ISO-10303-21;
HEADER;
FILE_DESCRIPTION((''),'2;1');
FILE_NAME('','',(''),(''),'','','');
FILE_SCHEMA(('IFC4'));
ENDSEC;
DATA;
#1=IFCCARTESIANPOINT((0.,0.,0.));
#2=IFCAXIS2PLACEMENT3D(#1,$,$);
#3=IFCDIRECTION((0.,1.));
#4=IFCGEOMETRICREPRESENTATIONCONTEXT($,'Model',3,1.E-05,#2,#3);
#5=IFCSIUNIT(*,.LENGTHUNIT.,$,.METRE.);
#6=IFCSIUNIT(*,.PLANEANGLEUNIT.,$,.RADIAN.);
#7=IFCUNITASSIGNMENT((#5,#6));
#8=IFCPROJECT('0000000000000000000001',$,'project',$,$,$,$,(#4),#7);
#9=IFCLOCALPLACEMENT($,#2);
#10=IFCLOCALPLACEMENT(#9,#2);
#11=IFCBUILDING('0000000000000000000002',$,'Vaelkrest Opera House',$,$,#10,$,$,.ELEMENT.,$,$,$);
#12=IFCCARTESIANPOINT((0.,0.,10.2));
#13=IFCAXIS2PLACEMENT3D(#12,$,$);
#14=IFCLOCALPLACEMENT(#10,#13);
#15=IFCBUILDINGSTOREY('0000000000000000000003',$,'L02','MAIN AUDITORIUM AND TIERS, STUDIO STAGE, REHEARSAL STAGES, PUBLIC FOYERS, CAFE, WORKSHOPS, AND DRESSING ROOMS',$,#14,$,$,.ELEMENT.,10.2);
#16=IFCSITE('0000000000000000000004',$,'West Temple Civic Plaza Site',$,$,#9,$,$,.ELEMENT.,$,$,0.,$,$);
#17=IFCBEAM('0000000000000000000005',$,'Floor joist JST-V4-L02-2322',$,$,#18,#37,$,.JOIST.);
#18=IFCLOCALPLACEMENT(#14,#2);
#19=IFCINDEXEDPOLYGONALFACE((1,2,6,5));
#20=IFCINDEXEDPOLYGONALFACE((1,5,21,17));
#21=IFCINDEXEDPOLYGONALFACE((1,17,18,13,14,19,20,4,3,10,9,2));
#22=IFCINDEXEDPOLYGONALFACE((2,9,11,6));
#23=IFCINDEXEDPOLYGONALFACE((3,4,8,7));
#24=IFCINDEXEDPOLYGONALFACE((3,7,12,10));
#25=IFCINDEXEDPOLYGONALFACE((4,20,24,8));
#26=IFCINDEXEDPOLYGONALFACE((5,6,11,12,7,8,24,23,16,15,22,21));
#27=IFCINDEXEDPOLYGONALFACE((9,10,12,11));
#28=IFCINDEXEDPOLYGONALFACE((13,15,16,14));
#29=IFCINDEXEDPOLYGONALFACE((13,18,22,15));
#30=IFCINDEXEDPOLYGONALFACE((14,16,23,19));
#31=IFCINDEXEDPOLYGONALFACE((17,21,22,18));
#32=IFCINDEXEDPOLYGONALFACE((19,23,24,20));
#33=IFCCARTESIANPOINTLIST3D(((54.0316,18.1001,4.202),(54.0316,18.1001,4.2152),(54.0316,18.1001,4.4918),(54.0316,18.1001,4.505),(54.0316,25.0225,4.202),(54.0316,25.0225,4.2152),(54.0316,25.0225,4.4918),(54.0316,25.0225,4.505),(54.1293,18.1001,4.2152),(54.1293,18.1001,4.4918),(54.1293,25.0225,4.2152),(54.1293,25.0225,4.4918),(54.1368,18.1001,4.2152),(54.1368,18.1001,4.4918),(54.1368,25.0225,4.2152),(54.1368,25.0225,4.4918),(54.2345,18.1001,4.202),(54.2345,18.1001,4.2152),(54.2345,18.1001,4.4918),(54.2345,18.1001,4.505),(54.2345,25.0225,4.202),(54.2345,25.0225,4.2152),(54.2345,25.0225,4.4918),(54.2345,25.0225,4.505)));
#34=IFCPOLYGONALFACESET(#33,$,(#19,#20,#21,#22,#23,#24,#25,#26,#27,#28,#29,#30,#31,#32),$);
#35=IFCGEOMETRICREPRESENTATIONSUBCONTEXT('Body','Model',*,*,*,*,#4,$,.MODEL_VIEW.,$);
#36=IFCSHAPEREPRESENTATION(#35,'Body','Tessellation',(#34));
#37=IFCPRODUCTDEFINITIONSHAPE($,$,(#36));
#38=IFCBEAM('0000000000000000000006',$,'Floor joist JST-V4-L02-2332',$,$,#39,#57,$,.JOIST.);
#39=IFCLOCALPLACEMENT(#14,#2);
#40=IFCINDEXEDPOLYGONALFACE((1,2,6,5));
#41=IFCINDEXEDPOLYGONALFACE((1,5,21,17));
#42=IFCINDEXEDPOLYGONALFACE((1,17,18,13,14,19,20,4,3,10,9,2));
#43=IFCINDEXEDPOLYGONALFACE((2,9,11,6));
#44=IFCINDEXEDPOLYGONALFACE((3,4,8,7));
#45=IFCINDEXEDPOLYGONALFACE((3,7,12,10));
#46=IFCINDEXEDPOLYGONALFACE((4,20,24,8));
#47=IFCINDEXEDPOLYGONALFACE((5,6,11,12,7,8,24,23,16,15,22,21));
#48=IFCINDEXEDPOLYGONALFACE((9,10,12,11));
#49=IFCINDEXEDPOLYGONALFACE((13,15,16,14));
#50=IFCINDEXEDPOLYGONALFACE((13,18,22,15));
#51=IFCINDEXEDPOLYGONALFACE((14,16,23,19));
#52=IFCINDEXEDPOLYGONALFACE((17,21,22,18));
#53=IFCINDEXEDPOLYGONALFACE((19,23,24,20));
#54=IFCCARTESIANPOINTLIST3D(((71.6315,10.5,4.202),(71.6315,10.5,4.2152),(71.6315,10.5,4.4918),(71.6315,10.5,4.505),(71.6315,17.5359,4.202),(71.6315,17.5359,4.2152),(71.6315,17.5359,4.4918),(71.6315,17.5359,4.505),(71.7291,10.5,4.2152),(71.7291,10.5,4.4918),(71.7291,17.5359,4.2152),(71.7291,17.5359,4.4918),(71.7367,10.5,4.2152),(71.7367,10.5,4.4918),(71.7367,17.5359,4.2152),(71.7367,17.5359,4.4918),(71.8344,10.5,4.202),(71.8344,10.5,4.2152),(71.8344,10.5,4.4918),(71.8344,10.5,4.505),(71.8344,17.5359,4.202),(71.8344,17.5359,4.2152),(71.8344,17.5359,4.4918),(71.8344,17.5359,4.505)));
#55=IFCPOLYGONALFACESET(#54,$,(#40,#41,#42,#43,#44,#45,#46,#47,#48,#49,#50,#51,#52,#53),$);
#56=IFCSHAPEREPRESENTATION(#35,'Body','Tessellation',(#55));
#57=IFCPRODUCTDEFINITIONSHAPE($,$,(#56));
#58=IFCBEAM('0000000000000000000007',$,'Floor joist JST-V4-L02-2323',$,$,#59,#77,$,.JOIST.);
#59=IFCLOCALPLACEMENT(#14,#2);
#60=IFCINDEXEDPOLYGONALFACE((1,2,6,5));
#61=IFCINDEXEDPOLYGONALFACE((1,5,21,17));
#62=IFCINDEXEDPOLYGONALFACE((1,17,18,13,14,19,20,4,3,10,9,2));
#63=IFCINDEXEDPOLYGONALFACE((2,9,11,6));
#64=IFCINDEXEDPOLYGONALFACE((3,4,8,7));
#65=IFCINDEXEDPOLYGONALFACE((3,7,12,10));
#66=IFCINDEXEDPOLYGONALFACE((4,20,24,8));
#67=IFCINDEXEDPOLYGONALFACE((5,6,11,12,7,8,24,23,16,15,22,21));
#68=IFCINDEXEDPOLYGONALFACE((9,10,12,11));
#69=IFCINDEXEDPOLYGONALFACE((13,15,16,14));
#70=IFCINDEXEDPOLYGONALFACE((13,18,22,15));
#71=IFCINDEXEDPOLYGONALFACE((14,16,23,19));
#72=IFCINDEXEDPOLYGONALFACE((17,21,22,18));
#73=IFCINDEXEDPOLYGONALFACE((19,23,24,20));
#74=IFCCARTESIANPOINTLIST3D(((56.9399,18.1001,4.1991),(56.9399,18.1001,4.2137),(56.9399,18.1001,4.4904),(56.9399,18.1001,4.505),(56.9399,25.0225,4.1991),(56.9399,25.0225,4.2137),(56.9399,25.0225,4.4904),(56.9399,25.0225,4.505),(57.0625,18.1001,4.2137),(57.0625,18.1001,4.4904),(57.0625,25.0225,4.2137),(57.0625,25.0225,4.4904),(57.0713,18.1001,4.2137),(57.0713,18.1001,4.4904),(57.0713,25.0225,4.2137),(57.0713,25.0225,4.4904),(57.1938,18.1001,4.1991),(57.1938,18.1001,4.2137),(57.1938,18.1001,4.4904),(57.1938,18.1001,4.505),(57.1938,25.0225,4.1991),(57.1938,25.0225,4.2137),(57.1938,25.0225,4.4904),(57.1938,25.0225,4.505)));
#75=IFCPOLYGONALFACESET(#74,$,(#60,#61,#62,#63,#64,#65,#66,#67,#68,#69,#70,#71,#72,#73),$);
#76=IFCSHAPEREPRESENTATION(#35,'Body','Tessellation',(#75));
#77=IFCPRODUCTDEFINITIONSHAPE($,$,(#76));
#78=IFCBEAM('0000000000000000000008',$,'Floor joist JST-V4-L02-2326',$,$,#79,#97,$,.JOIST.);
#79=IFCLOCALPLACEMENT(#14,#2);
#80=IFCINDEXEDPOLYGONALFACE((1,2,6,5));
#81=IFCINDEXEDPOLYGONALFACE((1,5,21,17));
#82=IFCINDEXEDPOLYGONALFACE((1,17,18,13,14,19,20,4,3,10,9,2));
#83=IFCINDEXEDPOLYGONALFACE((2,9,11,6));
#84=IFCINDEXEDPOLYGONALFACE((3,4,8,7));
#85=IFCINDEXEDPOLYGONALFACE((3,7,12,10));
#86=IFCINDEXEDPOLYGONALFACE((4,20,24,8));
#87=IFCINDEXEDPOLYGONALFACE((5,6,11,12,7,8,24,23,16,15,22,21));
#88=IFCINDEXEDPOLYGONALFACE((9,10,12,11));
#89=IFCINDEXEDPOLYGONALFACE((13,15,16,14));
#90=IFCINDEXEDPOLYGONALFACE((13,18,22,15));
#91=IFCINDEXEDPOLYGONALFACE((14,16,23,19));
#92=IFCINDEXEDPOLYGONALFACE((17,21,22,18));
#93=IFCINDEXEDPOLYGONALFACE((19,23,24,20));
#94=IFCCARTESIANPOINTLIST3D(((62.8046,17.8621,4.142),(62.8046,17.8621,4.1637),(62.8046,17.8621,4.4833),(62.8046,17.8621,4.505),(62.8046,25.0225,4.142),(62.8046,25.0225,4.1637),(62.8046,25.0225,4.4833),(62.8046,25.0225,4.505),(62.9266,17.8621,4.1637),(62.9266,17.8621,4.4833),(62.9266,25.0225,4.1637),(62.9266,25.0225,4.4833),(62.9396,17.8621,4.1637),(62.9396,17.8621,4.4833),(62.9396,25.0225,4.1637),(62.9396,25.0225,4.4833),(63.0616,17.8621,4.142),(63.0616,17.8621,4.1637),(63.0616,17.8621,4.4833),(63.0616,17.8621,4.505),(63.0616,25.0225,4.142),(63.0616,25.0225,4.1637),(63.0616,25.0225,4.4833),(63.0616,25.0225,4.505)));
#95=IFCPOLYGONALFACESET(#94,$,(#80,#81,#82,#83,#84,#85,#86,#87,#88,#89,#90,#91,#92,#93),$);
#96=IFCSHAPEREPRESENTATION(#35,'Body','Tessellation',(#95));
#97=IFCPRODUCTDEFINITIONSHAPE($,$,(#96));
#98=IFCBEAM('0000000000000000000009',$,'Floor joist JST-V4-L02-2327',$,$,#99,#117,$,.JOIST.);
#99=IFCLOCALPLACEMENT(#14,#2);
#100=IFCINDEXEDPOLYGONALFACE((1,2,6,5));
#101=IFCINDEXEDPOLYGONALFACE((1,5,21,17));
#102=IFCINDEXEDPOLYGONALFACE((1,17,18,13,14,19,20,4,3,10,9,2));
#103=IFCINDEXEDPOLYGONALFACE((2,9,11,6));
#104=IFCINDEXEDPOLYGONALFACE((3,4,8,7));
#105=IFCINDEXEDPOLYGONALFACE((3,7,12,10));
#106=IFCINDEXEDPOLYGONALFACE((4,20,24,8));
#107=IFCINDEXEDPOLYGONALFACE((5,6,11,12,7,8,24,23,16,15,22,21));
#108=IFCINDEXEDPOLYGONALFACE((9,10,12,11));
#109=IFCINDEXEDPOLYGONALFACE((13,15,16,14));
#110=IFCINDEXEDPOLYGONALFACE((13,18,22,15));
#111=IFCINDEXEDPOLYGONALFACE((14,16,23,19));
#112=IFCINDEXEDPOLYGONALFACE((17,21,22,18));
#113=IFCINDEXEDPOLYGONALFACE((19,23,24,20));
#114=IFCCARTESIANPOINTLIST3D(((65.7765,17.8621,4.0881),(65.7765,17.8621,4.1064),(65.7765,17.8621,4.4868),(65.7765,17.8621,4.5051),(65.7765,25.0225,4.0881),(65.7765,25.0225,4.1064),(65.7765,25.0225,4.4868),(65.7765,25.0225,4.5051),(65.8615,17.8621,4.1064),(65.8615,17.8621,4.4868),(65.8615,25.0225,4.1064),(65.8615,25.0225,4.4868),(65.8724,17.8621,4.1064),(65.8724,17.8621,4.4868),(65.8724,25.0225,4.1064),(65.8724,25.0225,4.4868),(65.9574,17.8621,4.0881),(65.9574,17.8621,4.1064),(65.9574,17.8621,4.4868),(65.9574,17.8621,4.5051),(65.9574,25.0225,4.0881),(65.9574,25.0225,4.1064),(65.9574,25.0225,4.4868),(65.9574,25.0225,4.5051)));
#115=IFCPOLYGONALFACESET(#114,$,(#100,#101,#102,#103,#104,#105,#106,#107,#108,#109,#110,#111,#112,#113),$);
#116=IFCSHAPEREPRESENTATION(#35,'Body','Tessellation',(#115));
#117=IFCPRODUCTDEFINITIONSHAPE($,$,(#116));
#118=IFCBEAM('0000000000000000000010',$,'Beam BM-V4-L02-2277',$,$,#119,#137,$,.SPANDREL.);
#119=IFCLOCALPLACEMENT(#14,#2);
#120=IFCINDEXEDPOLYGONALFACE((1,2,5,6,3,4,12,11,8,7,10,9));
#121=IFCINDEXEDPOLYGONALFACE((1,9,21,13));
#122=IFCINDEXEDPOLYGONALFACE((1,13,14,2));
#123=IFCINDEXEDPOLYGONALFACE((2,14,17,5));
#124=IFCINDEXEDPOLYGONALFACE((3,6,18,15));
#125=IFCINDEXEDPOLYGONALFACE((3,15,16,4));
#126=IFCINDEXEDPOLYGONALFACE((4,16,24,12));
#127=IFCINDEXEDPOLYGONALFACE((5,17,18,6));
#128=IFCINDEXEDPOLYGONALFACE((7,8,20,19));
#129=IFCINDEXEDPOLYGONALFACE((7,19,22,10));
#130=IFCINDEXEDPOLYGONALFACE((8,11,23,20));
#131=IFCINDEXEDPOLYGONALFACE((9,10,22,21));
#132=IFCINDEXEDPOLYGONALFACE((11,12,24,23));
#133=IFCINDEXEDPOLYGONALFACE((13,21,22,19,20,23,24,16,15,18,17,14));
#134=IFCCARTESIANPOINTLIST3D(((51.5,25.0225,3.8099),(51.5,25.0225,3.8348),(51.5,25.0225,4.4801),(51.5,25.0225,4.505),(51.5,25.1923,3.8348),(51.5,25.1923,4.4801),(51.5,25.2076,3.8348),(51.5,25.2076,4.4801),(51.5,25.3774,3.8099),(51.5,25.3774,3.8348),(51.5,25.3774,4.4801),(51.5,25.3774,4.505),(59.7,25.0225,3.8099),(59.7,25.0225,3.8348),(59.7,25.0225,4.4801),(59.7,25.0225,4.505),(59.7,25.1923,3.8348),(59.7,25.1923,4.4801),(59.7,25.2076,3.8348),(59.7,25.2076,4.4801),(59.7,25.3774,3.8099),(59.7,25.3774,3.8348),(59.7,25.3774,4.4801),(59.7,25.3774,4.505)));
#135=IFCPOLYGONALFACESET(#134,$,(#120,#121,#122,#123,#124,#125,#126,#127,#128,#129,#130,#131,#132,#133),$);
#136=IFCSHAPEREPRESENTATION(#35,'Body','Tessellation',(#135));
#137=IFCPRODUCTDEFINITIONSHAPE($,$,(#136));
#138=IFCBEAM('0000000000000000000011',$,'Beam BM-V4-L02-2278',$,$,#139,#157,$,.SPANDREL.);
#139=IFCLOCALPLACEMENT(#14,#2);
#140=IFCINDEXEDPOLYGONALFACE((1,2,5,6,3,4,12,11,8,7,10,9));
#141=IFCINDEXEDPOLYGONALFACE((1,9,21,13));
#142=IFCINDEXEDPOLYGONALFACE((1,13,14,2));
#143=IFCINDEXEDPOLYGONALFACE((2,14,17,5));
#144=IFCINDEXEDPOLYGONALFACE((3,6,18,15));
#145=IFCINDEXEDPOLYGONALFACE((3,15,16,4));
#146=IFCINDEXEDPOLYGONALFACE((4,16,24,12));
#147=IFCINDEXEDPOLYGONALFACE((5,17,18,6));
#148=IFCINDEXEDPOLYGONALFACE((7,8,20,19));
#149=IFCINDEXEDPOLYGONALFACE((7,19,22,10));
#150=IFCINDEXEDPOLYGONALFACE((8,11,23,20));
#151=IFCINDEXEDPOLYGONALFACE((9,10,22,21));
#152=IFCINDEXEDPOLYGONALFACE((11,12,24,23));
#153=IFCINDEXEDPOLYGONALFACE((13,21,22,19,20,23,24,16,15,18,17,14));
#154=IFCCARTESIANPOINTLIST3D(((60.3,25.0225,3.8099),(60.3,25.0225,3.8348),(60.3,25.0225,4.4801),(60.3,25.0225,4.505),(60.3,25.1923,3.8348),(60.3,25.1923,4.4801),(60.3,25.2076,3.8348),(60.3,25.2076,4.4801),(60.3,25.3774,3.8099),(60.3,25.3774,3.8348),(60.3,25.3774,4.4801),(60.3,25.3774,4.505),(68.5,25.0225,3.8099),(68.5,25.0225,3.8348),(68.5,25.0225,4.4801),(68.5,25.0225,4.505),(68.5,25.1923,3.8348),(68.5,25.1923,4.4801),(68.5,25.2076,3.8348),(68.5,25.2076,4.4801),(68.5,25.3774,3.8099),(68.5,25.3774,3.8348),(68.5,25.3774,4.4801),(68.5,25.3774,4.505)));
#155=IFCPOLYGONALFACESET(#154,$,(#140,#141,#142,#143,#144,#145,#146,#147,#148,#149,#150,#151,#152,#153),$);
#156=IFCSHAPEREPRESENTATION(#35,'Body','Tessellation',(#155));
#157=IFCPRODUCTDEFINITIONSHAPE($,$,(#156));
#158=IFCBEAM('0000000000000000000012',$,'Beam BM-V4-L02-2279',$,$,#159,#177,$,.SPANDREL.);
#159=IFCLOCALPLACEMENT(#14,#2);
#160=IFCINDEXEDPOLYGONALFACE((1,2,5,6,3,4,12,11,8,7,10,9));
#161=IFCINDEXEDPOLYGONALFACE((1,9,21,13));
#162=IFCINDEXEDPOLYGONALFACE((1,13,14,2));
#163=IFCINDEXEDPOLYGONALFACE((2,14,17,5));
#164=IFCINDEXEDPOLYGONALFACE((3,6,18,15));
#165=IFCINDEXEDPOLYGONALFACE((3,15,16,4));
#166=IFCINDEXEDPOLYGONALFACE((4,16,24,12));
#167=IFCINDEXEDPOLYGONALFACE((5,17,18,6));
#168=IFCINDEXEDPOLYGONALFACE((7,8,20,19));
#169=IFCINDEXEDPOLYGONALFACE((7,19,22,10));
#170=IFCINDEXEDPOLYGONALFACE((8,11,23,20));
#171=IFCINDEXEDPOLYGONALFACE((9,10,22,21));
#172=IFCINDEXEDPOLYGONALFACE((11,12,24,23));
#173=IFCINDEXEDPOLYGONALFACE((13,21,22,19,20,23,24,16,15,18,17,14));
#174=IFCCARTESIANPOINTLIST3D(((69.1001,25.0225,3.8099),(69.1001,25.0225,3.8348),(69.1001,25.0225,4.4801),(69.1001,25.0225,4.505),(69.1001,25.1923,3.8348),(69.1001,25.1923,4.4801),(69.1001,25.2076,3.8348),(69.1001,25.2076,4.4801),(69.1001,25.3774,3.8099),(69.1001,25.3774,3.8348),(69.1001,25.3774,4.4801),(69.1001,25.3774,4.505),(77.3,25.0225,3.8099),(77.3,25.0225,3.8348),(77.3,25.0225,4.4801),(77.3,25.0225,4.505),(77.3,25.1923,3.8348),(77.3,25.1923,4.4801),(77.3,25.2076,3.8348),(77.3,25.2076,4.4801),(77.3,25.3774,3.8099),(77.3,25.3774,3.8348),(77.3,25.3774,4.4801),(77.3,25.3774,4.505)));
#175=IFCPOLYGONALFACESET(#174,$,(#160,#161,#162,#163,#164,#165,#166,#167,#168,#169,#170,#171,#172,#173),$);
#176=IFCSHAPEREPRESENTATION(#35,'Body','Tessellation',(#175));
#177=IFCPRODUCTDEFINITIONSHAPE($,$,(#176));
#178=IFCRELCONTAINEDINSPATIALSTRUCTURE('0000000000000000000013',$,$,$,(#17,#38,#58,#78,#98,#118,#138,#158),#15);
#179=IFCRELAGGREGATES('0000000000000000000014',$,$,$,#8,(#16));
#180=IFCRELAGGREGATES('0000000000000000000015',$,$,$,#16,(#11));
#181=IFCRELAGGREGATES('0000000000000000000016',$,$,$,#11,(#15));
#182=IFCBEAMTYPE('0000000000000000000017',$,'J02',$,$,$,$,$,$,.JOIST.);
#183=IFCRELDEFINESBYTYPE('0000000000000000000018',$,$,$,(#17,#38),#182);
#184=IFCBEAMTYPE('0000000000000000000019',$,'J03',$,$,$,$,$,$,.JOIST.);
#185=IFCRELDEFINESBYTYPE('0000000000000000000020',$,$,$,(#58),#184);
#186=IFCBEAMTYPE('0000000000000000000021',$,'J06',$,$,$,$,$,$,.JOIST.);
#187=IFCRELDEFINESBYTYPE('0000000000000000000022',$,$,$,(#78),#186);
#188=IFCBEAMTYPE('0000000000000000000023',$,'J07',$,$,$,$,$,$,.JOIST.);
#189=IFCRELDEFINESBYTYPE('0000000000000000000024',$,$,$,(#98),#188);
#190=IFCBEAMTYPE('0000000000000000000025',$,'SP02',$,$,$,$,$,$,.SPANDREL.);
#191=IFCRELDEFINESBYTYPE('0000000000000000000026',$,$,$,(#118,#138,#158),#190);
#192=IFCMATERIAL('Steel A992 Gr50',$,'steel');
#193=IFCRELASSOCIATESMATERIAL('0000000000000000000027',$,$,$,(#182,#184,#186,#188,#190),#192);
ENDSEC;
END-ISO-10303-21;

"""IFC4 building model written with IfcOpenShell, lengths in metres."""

from ifc_helpers import new_model, si_unit, direction, frame, origin, origin_2d, place, context, subcontext, project, spatial, i_section, extrude, material, material_profile, profile_set, type_object, element, save


model = new_model("IFC4")

# Units and contexts
model_context = context("Model", 3, precision=1e-05, world=origin(), true_north=direction((0.0, 1.0)))
body_context = subcontext(model_context, "Body", "Model", "MODEL_VIEW")
ifc_project = project(units=[si_unit("LENGTHUNIT", "METRE"), si_unit("PLANEANGLEUNIT", "RADIAN")], contexts=[model_context])

# Site, building, storey
site_placement = place(None, origin())
site = spatial("IfcSite", under=ifc_project, at=site_placement, Name="West Temple Civic Plaza Site", CompositionType="ELEMENT", RefElevation=0.0)
building_placement = place(site_placement, origin())
building = spatial("IfcBuilding", under=site, at=building_placement, Name="Vaelkrest Opera House", CompositionType="ELEMENT")
storey_placement = place(building_placement, frame((0.0, 0.0, 10.2)))
storey = spatial("IfcBuildingStorey", under=building, at=storey_placement, Name="L02", Description="MAIN AUDITORIUM AND TIERS, STUDIO STAGE, REHEARSAL STAGES, PUBLIC FOYERS, CAFE, WORKSHOPS, AND DRESSING ROOMS", CompositionType="ELEMENT", Elevation=10.2)

# Beams
ifc_material_1 = material(Name="Steel A992 Gr50", Category="steel")
ifc_material_profile_1 = material_profile(ifc_material_1, i_section(OverallWidth=0.2029, OverallDepth=0.303, WebThickness=0.0076, FlangeThickness=0.0132, at=origin_2d()), Name="W12X40")
ifc_profile_set_1 = profile_set([ifc_material_profile_1], Name="Steel A992 Gr50")
beam_type_1 = type_object("IfcBeamType", Name="J02", PredefinedType="JOIST", material=ifc_profile_set_1)
beam_1_placement = place(storey_placement, frame((54.1331, 18.1001, 4.3535), z_axis=(0.0, 1.0, 0.0), x_axis=(-1.0, 0.0, 0.0)))
element("IfcBeam", 1, at=beam_1_placement, inside=storey, type_object=beam_type_1, Name="Floor joist JST-V4-L02-2322", PredefinedType="JOIST", context=body_context, shape_type="SweptSolid", body=[
    extrude(i_section(OverallWidth=0.2029, OverallDepth=0.303, WebThickness=0.0076, FlangeThickness=0.0132, at=origin_2d()), origin(), (0.0, 0.0, 1.0), 6.9224),
])
beam_2_placement = place(storey_placement, frame((71.7329, 10.5, 4.3535), z_axis=(0.0, 1.0, 0.0), x_axis=(-1.0, 0.0, 0.0)))
element("IfcBeam", 2, at=beam_2_placement, inside=storey, type_object=beam_type_1, Name="Floor joist JST-V4-L02-2332", PredefinedType="JOIST", context=body_context, shape_type="SweptSolid", body=[
    extrude(i_section(OverallWidth=0.2029, OverallDepth=0.303, WebThickness=0.0076, FlangeThickness=0.0132, at=origin_2d()), origin(), (0.0, 0.0, 1.0), 7.0359),
])
ifc_material_profile_2 = material_profile(ifc_material_1, i_section(OverallWidth=0.2539, OverallDepth=0.3059, WebThickness=0.0088, FlangeThickness=0.0146, at=origin_2d()), Name="W12X53")
ifc_profile_set_2 = profile_set([ifc_material_profile_2], Name="Steel A992 Gr50")
beam_type_2 = type_object("IfcBeamType", Name="J03", PredefinedType="JOIST", material=ifc_profile_set_2)
beam_3_placement = place(storey_placement, frame((57.0669, 18.1001, 4.3521), z_axis=(0.0, 1.0, 0.0), x_axis=(-1.0, 0.0, 0.0)))
element("IfcBeam", 3, at=beam_3_placement, inside=storey, type_object=beam_type_2, Name="Floor joist JST-V4-L02-2323", PredefinedType="JOIST", context=body_context, shape_type="SweptSolid", body=[
    extrude(i_section(OverallWidth=0.2539, OverallDepth=0.3059, WebThickness=0.0088, FlangeThickness=0.0146, at=origin_2d()), origin(), (0.0, 0.0, 1.0), 6.9224),
])
ifc_material_profile_3 = material_profile(ifc_material_1, i_section(OverallWidth=0.2571, OverallDepth=0.363, WebThickness=0.0129, FlangeThickness=0.0217, at=origin_2d()), Name="W14X82")
ifc_profile_set_3 = profile_set([ifc_material_profile_3], Name="Steel A992 Gr50")
beam_type_3 = type_object("IfcBeamType", Name="J06", PredefinedType="JOIST", material=ifc_profile_set_3)
beam_4_placement = place(storey_placement, frame((62.9331, 17.8621, 4.3235), z_axis=(0.0, 1.0, 0.0), x_axis=(-1.0, 0.0, 0.0)))
element("IfcBeam", 4, at=beam_4_placement, inside=storey, type_object=beam_type_3, Name="Floor joist JST-V4-L02-2326", PredefinedType="JOIST", context=body_context, shape_type="SweptSolid", body=[
    extrude(i_section(OverallWidth=0.2571, OverallDepth=0.363, WebThickness=0.0129, FlangeThickness=0.0217, at=origin_2d()), origin(), (0.0, 0.0, 1.0), 7.1604),
])
ifc_material_profile_4 = material_profile(ifc_material_1, i_section(OverallWidth=0.1809, OverallDepth=0.417, WebThickness=0.011, FlangeThickness=0.0183, at=origin_2d()), Name="W16X57")
ifc_profile_set_4 = profile_set([ifc_material_profile_4], Name="Steel A992 Gr50")
beam_type_4 = type_object("IfcBeamType", Name="J07", PredefinedType="JOIST", material=ifc_profile_set_4)
beam_5_placement = place(storey_placement, frame((65.8669, 17.8621, 4.2966), z_axis=(0.0, 1.0, 0.0), x_axis=(-1.0, 0.0, 0.0)))
element("IfcBeam", 5, at=beam_5_placement, inside=storey, type_object=beam_type_4, Name="Floor joist JST-V4-L02-2327", PredefinedType="JOIST", context=body_context, shape_type="SweptSolid", body=[
    extrude(i_section(OverallWidth=0.1809, OverallDepth=0.417, WebThickness=0.011, FlangeThickness=0.0183, at=origin_2d()), origin(), (0.0, 0.0, 1.0), 7.1604),
])
ifc_material_profile_5 = material_profile(ifc_material_1, i_section(OverallWidth=0.355, OverallDepth=0.6951, WebThickness=0.0154, FlangeThickness=0.0249, at=origin_2d()), Name="W27X146")
ifc_profile_set_5 = profile_set([ifc_material_profile_5], Name="Steel A992 Gr50")
beam_type_5 = type_object("IfcBeamType", Name="SP02", PredefinedType="SPANDREL", material=ifc_profile_set_5)
for number, where, z_axis, x_axis, name in (
    (6, (51.5, 25.2, 4.1575), (1.0, 0.0, 0.0), (0.0, 1.0, 0.0), "Beam BM-V4-L02-2277"),
    (7, (60.3, 25.2, 4.1575), (1.0, 0.0, 0.0), (0.0, 1.0, 0.0), "Beam BM-V4-L02-2278"),
    (8, (69.1001, 25.2, 4.1575), (1.0, 0.0, 0.0), (0.0, 1.0, 0.0), "Beam BM-V4-L02-2279"),
):
    element("IfcBeam", number, at=place(storey_placement, frame(where, z_axis=z_axis, x_axis=x_axis)), inside=storey, type_object=beam_type_5, Name=name, PredefinedType="SPANDREL", context=body_context, shape_type="SweptSolid", body=[
        extrude(i_section(OverallWidth=0.355, OverallDepth=0.6951, WebThickness=0.0154, FlangeThickness=0.0249, at=origin_2d()), origin(), (0.0, 0.0, 1.0), 8.2),
    ])

save(model, "model.ifc")
